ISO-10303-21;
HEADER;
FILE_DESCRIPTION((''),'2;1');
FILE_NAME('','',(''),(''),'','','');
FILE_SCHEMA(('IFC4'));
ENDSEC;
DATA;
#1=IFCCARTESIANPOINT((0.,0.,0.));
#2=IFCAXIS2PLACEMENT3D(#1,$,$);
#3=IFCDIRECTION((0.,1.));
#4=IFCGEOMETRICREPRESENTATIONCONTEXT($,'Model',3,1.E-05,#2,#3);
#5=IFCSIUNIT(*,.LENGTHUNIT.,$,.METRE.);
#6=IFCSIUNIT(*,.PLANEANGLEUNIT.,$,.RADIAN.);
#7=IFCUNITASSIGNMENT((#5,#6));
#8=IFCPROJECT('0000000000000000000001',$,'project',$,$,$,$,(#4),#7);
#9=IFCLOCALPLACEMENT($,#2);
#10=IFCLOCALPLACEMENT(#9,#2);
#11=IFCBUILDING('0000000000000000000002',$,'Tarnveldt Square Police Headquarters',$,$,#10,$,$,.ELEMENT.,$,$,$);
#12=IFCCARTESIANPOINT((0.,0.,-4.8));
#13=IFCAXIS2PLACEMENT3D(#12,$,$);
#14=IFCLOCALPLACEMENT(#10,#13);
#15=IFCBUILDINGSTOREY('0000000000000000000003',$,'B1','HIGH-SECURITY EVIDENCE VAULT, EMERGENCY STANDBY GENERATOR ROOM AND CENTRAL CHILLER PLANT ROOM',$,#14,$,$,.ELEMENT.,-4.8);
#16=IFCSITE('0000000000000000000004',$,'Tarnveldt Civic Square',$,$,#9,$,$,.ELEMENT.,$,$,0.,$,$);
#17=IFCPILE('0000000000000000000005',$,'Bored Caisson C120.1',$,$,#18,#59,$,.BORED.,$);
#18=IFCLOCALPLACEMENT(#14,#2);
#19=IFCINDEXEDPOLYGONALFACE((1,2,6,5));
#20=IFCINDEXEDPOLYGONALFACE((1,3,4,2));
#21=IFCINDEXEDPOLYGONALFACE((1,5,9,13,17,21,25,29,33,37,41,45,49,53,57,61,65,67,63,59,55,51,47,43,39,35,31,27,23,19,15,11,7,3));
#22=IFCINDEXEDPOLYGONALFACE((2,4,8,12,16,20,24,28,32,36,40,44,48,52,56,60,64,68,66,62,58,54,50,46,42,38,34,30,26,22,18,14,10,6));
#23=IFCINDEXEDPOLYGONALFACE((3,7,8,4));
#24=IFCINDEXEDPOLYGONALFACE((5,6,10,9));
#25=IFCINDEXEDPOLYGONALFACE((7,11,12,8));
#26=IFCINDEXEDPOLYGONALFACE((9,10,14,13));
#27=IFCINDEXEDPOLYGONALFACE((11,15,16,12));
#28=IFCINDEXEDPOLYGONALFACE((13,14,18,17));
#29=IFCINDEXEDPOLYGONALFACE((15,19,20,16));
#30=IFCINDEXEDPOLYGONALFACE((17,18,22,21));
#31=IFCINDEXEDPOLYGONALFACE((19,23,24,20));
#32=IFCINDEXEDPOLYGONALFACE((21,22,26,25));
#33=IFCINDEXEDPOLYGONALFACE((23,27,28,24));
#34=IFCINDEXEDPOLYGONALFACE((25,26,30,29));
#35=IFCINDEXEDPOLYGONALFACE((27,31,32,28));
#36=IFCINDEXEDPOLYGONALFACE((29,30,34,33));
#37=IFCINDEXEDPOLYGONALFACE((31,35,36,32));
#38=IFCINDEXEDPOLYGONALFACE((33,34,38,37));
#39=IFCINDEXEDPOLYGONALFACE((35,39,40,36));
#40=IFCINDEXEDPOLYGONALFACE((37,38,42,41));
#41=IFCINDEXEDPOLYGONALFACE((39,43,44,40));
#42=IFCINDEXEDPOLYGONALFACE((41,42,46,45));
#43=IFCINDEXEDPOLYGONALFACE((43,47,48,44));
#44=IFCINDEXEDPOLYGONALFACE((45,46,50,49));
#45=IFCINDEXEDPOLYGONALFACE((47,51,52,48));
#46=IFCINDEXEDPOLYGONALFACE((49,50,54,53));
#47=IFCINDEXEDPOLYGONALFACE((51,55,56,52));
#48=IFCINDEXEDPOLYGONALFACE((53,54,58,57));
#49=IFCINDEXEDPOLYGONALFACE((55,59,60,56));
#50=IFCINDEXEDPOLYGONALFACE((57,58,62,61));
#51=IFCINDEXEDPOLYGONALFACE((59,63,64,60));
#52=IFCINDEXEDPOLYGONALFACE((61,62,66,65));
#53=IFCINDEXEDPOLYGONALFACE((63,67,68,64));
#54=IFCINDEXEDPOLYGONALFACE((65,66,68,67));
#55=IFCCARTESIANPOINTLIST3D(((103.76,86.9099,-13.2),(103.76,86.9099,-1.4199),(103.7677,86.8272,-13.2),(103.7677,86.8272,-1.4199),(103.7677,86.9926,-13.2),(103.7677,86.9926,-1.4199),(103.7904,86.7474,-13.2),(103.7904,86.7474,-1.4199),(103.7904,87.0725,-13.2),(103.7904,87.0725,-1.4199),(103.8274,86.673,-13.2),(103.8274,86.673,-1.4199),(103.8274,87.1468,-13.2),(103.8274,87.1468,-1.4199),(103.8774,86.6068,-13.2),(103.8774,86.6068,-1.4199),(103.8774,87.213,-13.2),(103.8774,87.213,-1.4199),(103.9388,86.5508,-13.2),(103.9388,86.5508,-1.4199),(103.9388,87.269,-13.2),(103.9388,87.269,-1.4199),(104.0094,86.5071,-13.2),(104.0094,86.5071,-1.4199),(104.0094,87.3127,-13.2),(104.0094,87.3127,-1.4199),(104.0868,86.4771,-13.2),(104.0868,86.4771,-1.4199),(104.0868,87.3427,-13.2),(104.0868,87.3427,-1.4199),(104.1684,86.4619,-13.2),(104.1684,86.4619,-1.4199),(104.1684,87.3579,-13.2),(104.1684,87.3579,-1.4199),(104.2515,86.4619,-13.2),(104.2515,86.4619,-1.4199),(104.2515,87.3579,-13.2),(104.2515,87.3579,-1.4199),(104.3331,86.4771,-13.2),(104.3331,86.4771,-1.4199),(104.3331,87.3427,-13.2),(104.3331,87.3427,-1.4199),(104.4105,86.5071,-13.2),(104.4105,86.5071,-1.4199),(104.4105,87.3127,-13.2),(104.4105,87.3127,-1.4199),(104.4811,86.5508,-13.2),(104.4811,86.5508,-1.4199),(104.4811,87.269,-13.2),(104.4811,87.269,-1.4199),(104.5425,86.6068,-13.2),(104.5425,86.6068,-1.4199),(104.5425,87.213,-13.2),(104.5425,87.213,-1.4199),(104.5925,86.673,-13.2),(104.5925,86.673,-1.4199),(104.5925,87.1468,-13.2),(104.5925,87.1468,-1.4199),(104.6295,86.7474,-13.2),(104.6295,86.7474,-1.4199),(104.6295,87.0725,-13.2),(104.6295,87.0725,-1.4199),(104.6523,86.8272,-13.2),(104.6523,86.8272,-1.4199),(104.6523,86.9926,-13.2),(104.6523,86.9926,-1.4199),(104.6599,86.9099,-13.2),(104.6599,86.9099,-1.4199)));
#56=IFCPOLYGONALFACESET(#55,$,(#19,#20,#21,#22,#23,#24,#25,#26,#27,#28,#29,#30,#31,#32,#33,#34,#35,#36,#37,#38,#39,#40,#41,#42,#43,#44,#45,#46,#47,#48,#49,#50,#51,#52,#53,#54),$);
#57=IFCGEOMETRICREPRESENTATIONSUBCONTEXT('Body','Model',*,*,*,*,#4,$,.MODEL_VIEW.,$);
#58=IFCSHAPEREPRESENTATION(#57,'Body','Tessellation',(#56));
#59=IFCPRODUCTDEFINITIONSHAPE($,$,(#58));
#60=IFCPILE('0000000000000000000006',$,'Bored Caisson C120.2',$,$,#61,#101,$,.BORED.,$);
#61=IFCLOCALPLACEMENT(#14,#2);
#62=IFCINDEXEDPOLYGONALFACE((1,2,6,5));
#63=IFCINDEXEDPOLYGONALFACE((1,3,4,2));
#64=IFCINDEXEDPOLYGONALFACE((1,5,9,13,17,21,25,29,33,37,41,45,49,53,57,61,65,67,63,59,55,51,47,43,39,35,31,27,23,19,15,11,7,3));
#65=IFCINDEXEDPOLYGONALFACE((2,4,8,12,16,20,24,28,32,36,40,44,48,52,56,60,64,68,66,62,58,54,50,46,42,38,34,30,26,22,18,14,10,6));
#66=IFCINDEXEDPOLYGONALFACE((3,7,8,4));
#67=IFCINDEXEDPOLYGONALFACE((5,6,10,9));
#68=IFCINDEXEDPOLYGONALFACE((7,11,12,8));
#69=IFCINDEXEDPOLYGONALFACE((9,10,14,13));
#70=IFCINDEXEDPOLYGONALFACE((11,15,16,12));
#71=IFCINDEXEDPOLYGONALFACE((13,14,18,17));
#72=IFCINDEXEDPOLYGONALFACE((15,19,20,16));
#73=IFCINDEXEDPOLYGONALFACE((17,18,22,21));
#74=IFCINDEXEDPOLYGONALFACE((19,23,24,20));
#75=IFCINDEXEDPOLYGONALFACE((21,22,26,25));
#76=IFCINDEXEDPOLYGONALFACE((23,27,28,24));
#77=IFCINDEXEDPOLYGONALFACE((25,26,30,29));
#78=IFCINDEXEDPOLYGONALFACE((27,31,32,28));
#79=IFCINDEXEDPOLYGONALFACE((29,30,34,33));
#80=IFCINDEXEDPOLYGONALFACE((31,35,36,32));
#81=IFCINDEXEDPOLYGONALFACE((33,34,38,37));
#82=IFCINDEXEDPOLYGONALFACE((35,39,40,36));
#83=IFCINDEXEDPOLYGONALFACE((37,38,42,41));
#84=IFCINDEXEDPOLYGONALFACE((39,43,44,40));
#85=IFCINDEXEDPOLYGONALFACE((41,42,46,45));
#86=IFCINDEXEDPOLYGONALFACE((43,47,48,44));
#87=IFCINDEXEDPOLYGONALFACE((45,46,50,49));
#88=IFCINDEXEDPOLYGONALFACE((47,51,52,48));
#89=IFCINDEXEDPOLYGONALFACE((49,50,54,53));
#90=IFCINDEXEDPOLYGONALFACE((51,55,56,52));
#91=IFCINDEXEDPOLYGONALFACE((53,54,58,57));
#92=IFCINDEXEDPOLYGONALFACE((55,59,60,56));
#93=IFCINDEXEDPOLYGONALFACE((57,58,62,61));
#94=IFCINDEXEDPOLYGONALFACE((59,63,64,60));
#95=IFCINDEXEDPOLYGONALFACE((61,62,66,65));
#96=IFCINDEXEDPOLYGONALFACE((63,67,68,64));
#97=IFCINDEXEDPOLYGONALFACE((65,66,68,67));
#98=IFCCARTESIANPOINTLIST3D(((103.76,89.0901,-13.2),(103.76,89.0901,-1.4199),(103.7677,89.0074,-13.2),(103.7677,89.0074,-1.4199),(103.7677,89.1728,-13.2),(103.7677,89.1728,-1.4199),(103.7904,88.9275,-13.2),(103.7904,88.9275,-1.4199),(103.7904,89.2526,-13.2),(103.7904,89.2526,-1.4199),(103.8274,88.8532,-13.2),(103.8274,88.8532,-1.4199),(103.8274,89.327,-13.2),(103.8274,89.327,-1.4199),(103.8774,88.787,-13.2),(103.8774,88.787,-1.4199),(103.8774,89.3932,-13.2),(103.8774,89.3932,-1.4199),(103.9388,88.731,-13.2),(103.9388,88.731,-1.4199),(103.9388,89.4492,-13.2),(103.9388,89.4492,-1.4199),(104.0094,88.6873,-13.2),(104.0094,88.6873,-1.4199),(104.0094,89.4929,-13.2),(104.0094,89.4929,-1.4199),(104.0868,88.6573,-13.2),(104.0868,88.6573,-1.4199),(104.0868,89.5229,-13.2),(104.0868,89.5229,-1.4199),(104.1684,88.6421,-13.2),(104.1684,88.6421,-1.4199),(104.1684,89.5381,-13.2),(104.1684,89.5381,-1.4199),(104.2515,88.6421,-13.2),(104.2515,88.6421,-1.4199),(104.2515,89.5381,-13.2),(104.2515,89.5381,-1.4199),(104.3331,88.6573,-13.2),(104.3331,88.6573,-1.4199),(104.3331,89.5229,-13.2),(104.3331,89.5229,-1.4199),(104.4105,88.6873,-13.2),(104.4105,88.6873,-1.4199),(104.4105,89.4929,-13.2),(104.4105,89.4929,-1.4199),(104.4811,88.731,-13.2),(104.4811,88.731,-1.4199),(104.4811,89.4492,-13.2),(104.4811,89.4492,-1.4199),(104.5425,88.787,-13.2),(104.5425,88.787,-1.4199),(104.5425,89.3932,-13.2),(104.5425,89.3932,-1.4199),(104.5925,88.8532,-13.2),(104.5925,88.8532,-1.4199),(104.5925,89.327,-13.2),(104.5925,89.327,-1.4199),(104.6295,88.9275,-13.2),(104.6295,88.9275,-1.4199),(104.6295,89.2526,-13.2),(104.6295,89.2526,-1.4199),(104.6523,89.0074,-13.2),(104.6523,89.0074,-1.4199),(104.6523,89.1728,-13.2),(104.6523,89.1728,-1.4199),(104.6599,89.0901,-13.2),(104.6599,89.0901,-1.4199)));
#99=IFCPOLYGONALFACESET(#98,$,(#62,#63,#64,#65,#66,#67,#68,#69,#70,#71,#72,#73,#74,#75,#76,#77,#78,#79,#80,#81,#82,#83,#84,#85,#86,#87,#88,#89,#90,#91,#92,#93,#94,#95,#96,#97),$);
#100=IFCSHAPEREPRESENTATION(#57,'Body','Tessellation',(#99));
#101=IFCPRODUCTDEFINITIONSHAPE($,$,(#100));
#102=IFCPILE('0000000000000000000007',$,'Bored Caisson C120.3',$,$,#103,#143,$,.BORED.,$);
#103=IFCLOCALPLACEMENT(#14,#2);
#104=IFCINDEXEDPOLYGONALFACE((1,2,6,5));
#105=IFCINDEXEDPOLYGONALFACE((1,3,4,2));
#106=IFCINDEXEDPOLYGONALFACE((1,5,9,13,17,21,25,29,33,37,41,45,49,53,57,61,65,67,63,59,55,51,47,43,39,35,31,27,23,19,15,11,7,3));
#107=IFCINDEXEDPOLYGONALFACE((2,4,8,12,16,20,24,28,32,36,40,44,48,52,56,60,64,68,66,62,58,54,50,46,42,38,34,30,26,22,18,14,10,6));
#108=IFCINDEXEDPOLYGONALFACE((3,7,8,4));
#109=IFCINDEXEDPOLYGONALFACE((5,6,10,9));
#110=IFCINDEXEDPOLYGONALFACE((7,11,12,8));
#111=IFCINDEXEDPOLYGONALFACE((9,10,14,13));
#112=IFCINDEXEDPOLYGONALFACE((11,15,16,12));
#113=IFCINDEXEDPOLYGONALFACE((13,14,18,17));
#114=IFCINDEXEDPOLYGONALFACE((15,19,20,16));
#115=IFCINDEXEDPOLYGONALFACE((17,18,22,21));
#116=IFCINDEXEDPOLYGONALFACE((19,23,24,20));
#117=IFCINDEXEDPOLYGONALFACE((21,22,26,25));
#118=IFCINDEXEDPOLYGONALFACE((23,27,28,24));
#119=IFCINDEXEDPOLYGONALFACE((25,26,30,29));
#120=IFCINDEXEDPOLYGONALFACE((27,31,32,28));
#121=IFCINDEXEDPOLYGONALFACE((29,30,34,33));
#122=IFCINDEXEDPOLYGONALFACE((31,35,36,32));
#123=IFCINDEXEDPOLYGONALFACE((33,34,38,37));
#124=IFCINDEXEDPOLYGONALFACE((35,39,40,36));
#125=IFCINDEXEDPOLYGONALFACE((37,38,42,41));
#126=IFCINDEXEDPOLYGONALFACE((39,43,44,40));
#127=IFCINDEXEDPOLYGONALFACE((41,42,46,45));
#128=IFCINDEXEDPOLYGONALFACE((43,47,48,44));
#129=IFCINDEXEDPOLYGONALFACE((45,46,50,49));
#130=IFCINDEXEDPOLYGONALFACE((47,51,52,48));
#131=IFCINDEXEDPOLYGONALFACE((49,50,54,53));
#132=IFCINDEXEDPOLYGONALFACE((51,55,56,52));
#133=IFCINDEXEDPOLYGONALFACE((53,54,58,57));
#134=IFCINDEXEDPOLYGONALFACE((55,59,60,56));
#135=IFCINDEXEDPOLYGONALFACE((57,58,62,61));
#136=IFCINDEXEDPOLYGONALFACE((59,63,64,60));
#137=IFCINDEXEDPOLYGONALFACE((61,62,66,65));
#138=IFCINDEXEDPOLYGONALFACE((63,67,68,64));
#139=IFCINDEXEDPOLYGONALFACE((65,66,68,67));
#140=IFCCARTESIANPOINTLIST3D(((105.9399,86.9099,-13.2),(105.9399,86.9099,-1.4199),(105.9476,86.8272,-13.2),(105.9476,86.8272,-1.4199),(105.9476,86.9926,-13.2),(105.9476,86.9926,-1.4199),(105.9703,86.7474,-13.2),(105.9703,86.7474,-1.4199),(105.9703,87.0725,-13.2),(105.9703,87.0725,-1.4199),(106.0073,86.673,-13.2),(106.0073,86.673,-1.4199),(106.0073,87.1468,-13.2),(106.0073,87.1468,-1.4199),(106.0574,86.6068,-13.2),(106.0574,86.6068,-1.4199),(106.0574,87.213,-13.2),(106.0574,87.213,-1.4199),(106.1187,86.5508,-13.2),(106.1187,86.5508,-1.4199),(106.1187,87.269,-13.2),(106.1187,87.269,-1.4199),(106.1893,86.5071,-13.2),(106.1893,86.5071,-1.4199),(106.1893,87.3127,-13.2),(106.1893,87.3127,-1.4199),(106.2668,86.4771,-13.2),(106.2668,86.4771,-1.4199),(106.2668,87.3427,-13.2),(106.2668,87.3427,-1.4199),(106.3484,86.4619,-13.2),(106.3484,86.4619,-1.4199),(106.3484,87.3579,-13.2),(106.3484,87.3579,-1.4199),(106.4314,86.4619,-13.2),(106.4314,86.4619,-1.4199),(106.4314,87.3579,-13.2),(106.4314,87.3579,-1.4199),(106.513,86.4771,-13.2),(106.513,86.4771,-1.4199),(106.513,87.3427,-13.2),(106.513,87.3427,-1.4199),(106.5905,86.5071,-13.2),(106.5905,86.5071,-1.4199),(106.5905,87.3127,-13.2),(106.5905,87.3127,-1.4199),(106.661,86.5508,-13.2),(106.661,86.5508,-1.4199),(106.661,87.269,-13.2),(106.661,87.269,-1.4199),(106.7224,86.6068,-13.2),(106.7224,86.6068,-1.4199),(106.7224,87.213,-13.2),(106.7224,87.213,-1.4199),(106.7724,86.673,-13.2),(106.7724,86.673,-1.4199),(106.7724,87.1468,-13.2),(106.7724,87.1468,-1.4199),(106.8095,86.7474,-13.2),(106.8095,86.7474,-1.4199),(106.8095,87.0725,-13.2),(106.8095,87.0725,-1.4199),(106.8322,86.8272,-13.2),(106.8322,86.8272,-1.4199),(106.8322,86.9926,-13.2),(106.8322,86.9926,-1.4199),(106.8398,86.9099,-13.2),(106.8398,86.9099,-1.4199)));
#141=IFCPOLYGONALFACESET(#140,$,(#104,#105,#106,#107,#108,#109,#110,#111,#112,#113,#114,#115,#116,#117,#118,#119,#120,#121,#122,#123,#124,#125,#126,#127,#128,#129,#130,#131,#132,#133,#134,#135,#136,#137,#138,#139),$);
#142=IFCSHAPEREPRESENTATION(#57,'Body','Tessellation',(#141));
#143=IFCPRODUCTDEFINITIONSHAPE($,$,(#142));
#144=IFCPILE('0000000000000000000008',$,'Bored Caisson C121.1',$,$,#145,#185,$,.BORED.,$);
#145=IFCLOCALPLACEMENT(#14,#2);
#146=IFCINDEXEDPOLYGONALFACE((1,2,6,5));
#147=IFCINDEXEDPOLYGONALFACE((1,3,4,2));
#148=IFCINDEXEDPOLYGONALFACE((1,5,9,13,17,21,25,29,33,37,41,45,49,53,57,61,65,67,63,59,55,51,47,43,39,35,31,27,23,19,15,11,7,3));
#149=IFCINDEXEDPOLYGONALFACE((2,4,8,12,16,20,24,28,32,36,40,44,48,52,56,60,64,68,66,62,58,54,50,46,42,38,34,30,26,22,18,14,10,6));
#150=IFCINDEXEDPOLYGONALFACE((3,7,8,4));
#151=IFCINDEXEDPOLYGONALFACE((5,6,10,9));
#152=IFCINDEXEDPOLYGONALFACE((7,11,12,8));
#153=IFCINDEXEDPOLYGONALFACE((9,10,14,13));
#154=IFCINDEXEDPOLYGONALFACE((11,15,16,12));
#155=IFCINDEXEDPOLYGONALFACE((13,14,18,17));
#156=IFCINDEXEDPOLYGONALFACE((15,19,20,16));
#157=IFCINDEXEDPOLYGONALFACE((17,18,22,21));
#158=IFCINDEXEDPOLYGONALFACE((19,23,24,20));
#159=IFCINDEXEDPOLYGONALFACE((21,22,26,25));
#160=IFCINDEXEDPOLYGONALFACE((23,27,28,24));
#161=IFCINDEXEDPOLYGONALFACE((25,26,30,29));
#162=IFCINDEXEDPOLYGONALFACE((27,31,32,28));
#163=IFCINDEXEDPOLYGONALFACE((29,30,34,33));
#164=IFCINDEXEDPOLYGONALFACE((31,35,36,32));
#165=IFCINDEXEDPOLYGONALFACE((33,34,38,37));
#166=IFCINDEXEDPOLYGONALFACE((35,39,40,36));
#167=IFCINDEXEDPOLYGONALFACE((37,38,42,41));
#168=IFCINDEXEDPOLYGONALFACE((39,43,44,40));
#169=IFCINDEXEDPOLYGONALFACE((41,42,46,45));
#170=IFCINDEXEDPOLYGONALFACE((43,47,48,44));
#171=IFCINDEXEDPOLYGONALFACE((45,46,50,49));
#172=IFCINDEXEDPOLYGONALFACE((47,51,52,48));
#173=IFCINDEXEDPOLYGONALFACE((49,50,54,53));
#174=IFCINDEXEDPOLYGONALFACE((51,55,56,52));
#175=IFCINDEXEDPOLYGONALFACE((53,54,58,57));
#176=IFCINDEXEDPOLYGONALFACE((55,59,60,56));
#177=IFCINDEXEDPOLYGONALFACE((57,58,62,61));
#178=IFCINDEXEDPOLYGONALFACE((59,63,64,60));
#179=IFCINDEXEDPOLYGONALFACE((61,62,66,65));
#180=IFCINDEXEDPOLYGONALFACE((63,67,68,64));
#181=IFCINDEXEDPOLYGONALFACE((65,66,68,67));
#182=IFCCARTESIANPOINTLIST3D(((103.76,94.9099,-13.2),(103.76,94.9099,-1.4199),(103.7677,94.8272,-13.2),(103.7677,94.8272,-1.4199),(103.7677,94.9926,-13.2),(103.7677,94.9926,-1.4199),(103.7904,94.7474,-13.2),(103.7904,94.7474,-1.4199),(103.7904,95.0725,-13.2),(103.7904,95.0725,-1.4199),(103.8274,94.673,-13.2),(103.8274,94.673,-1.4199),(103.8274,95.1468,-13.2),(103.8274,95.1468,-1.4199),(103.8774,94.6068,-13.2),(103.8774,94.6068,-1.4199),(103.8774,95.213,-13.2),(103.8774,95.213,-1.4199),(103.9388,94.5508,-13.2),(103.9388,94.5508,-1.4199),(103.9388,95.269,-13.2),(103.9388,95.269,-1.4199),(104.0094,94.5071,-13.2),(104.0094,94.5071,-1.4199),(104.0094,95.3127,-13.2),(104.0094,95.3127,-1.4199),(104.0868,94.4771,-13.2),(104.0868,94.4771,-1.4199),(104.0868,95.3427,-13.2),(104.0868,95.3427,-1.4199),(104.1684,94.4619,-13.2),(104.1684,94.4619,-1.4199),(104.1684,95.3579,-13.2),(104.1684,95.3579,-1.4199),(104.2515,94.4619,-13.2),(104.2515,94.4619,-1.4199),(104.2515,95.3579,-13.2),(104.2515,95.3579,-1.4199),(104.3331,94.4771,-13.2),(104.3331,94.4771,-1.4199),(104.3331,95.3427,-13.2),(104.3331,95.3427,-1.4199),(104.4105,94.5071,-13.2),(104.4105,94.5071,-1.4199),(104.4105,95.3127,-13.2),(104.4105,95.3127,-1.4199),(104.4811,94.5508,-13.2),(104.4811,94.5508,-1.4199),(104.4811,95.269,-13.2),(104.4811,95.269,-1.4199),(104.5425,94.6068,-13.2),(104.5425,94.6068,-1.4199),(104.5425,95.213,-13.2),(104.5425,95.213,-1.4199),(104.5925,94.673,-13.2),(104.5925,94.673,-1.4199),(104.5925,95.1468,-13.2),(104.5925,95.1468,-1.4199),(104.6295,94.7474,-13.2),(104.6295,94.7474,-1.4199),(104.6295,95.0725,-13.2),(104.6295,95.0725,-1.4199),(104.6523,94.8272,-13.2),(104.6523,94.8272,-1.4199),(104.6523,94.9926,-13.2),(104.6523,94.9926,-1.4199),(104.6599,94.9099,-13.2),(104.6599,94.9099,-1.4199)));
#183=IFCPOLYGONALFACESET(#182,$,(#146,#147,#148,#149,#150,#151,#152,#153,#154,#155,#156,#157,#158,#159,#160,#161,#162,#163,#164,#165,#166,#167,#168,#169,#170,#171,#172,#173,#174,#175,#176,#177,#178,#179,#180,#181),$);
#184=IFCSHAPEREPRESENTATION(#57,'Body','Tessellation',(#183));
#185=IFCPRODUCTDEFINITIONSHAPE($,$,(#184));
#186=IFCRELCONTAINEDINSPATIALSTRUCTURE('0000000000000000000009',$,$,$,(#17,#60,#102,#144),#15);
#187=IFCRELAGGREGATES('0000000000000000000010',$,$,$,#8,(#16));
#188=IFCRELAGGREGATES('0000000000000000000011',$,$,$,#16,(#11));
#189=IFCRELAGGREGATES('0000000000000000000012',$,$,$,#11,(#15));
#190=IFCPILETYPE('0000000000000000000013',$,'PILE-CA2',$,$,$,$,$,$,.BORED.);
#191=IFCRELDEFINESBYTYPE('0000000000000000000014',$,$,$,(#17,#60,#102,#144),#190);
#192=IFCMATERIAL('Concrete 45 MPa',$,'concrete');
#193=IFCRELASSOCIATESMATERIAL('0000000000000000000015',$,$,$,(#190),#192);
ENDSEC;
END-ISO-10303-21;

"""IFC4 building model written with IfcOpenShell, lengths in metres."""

from ifc_helpers import new_model, si_unit, direction, frame, origin, origin_2d, place, context, subcontext, project, spatial, circle, extrude, material, material_profile, profile_set, type_object, element, save


model = new_model("IFC4")

# Units and contexts
model_context = context("Model", 3, precision=1e-05, world=origin(), true_north=direction((0.0, 1.0)))
body_context = subcontext(model_context, "Body", "Model", "MODEL_VIEW")
ifc_project = project(units=[si_unit("LENGTHUNIT", "METRE"), si_unit("PLANEANGLEUNIT", "RADIAN")], contexts=[model_context])

# Site, building, storey
site_placement = place(None, origin())
site = spatial("IfcSite", under=ifc_project, at=site_placement, Name="Tarnveldt Civic Square", CompositionType="ELEMENT", RefElevation=0.0)
building_placement = place(site_placement, origin())
building = spatial("IfcBuilding", under=site, at=building_placement, Name="Tarnveldt Square Police Headquarters", CompositionType="ELEMENT")
storey_placement = place(building_placement, frame((0.0, 0.0, -4.8)))
storey = spatial("IfcBuildingStorey", under=building, at=storey_placement, Name="B1", Description="HIGH-SECURITY EVIDENCE VAULT, EMERGENCY STANDBY GENERATOR ROOM AND CENTRAL CHILLER PLANT ROOM", CompositionType="ELEMENT", Elevation=-4.8)

# Shared definitions
ifc_material_1 = material(Name="Concrete 45 MPa", Category="concrete")

# Piles
ifc_material_profile_1 = material_profile(ifc_material_1, circle(Radius=0.45, at=origin_2d()), Name="CAISSON-D900")
ifc_profile_set_1 = profile_set([ifc_material_profile_1], Name="Concrete 45 MPa")
pile_type = type_object("IfcPileType", Name="PILE-CA2", PredefinedType="BORED", material=ifc_profile_set_1)
for number, where, z_axis, x_axis, name in (
    (1, (104.21, 86.9099, -1.4199), (0.0, 0.0, -1.0), (1.0, 0.0, 0.0), "Bored Caisson C120.1"),
    (2, (104.21, 89.0901, -1.4199), (0.0, 0.0, -1.0), (1.0, 0.0, 0.0), "Bored Caisson C120.2"),
    (3, (106.3899, 86.9099, -1.4199), (0.0, 0.0, -1.0), (1.0, 0.0, 0.0), "Bored Caisson C120.3"),
    (4, (104.21, 94.9099, -1.4199), (0.0, 0.0, -1.0), (1.0, 0.0, 0.0), "Bored Caisson C121.1"),
):
    element("IfcPile", number, at=place(storey_placement, frame(where, z_axis=z_axis, x_axis=x_axis)), inside=storey, type_object=pile_type, Name=name, PredefinedType="BORED", context=body_context, shape_type="SweptSolid", body=[
        extrude(circle(Radius=0.45, at=origin_2d()), origin(), (0.0, 0.0, 1.0), 11.78),
    ])

save(model, "model.ifc")
